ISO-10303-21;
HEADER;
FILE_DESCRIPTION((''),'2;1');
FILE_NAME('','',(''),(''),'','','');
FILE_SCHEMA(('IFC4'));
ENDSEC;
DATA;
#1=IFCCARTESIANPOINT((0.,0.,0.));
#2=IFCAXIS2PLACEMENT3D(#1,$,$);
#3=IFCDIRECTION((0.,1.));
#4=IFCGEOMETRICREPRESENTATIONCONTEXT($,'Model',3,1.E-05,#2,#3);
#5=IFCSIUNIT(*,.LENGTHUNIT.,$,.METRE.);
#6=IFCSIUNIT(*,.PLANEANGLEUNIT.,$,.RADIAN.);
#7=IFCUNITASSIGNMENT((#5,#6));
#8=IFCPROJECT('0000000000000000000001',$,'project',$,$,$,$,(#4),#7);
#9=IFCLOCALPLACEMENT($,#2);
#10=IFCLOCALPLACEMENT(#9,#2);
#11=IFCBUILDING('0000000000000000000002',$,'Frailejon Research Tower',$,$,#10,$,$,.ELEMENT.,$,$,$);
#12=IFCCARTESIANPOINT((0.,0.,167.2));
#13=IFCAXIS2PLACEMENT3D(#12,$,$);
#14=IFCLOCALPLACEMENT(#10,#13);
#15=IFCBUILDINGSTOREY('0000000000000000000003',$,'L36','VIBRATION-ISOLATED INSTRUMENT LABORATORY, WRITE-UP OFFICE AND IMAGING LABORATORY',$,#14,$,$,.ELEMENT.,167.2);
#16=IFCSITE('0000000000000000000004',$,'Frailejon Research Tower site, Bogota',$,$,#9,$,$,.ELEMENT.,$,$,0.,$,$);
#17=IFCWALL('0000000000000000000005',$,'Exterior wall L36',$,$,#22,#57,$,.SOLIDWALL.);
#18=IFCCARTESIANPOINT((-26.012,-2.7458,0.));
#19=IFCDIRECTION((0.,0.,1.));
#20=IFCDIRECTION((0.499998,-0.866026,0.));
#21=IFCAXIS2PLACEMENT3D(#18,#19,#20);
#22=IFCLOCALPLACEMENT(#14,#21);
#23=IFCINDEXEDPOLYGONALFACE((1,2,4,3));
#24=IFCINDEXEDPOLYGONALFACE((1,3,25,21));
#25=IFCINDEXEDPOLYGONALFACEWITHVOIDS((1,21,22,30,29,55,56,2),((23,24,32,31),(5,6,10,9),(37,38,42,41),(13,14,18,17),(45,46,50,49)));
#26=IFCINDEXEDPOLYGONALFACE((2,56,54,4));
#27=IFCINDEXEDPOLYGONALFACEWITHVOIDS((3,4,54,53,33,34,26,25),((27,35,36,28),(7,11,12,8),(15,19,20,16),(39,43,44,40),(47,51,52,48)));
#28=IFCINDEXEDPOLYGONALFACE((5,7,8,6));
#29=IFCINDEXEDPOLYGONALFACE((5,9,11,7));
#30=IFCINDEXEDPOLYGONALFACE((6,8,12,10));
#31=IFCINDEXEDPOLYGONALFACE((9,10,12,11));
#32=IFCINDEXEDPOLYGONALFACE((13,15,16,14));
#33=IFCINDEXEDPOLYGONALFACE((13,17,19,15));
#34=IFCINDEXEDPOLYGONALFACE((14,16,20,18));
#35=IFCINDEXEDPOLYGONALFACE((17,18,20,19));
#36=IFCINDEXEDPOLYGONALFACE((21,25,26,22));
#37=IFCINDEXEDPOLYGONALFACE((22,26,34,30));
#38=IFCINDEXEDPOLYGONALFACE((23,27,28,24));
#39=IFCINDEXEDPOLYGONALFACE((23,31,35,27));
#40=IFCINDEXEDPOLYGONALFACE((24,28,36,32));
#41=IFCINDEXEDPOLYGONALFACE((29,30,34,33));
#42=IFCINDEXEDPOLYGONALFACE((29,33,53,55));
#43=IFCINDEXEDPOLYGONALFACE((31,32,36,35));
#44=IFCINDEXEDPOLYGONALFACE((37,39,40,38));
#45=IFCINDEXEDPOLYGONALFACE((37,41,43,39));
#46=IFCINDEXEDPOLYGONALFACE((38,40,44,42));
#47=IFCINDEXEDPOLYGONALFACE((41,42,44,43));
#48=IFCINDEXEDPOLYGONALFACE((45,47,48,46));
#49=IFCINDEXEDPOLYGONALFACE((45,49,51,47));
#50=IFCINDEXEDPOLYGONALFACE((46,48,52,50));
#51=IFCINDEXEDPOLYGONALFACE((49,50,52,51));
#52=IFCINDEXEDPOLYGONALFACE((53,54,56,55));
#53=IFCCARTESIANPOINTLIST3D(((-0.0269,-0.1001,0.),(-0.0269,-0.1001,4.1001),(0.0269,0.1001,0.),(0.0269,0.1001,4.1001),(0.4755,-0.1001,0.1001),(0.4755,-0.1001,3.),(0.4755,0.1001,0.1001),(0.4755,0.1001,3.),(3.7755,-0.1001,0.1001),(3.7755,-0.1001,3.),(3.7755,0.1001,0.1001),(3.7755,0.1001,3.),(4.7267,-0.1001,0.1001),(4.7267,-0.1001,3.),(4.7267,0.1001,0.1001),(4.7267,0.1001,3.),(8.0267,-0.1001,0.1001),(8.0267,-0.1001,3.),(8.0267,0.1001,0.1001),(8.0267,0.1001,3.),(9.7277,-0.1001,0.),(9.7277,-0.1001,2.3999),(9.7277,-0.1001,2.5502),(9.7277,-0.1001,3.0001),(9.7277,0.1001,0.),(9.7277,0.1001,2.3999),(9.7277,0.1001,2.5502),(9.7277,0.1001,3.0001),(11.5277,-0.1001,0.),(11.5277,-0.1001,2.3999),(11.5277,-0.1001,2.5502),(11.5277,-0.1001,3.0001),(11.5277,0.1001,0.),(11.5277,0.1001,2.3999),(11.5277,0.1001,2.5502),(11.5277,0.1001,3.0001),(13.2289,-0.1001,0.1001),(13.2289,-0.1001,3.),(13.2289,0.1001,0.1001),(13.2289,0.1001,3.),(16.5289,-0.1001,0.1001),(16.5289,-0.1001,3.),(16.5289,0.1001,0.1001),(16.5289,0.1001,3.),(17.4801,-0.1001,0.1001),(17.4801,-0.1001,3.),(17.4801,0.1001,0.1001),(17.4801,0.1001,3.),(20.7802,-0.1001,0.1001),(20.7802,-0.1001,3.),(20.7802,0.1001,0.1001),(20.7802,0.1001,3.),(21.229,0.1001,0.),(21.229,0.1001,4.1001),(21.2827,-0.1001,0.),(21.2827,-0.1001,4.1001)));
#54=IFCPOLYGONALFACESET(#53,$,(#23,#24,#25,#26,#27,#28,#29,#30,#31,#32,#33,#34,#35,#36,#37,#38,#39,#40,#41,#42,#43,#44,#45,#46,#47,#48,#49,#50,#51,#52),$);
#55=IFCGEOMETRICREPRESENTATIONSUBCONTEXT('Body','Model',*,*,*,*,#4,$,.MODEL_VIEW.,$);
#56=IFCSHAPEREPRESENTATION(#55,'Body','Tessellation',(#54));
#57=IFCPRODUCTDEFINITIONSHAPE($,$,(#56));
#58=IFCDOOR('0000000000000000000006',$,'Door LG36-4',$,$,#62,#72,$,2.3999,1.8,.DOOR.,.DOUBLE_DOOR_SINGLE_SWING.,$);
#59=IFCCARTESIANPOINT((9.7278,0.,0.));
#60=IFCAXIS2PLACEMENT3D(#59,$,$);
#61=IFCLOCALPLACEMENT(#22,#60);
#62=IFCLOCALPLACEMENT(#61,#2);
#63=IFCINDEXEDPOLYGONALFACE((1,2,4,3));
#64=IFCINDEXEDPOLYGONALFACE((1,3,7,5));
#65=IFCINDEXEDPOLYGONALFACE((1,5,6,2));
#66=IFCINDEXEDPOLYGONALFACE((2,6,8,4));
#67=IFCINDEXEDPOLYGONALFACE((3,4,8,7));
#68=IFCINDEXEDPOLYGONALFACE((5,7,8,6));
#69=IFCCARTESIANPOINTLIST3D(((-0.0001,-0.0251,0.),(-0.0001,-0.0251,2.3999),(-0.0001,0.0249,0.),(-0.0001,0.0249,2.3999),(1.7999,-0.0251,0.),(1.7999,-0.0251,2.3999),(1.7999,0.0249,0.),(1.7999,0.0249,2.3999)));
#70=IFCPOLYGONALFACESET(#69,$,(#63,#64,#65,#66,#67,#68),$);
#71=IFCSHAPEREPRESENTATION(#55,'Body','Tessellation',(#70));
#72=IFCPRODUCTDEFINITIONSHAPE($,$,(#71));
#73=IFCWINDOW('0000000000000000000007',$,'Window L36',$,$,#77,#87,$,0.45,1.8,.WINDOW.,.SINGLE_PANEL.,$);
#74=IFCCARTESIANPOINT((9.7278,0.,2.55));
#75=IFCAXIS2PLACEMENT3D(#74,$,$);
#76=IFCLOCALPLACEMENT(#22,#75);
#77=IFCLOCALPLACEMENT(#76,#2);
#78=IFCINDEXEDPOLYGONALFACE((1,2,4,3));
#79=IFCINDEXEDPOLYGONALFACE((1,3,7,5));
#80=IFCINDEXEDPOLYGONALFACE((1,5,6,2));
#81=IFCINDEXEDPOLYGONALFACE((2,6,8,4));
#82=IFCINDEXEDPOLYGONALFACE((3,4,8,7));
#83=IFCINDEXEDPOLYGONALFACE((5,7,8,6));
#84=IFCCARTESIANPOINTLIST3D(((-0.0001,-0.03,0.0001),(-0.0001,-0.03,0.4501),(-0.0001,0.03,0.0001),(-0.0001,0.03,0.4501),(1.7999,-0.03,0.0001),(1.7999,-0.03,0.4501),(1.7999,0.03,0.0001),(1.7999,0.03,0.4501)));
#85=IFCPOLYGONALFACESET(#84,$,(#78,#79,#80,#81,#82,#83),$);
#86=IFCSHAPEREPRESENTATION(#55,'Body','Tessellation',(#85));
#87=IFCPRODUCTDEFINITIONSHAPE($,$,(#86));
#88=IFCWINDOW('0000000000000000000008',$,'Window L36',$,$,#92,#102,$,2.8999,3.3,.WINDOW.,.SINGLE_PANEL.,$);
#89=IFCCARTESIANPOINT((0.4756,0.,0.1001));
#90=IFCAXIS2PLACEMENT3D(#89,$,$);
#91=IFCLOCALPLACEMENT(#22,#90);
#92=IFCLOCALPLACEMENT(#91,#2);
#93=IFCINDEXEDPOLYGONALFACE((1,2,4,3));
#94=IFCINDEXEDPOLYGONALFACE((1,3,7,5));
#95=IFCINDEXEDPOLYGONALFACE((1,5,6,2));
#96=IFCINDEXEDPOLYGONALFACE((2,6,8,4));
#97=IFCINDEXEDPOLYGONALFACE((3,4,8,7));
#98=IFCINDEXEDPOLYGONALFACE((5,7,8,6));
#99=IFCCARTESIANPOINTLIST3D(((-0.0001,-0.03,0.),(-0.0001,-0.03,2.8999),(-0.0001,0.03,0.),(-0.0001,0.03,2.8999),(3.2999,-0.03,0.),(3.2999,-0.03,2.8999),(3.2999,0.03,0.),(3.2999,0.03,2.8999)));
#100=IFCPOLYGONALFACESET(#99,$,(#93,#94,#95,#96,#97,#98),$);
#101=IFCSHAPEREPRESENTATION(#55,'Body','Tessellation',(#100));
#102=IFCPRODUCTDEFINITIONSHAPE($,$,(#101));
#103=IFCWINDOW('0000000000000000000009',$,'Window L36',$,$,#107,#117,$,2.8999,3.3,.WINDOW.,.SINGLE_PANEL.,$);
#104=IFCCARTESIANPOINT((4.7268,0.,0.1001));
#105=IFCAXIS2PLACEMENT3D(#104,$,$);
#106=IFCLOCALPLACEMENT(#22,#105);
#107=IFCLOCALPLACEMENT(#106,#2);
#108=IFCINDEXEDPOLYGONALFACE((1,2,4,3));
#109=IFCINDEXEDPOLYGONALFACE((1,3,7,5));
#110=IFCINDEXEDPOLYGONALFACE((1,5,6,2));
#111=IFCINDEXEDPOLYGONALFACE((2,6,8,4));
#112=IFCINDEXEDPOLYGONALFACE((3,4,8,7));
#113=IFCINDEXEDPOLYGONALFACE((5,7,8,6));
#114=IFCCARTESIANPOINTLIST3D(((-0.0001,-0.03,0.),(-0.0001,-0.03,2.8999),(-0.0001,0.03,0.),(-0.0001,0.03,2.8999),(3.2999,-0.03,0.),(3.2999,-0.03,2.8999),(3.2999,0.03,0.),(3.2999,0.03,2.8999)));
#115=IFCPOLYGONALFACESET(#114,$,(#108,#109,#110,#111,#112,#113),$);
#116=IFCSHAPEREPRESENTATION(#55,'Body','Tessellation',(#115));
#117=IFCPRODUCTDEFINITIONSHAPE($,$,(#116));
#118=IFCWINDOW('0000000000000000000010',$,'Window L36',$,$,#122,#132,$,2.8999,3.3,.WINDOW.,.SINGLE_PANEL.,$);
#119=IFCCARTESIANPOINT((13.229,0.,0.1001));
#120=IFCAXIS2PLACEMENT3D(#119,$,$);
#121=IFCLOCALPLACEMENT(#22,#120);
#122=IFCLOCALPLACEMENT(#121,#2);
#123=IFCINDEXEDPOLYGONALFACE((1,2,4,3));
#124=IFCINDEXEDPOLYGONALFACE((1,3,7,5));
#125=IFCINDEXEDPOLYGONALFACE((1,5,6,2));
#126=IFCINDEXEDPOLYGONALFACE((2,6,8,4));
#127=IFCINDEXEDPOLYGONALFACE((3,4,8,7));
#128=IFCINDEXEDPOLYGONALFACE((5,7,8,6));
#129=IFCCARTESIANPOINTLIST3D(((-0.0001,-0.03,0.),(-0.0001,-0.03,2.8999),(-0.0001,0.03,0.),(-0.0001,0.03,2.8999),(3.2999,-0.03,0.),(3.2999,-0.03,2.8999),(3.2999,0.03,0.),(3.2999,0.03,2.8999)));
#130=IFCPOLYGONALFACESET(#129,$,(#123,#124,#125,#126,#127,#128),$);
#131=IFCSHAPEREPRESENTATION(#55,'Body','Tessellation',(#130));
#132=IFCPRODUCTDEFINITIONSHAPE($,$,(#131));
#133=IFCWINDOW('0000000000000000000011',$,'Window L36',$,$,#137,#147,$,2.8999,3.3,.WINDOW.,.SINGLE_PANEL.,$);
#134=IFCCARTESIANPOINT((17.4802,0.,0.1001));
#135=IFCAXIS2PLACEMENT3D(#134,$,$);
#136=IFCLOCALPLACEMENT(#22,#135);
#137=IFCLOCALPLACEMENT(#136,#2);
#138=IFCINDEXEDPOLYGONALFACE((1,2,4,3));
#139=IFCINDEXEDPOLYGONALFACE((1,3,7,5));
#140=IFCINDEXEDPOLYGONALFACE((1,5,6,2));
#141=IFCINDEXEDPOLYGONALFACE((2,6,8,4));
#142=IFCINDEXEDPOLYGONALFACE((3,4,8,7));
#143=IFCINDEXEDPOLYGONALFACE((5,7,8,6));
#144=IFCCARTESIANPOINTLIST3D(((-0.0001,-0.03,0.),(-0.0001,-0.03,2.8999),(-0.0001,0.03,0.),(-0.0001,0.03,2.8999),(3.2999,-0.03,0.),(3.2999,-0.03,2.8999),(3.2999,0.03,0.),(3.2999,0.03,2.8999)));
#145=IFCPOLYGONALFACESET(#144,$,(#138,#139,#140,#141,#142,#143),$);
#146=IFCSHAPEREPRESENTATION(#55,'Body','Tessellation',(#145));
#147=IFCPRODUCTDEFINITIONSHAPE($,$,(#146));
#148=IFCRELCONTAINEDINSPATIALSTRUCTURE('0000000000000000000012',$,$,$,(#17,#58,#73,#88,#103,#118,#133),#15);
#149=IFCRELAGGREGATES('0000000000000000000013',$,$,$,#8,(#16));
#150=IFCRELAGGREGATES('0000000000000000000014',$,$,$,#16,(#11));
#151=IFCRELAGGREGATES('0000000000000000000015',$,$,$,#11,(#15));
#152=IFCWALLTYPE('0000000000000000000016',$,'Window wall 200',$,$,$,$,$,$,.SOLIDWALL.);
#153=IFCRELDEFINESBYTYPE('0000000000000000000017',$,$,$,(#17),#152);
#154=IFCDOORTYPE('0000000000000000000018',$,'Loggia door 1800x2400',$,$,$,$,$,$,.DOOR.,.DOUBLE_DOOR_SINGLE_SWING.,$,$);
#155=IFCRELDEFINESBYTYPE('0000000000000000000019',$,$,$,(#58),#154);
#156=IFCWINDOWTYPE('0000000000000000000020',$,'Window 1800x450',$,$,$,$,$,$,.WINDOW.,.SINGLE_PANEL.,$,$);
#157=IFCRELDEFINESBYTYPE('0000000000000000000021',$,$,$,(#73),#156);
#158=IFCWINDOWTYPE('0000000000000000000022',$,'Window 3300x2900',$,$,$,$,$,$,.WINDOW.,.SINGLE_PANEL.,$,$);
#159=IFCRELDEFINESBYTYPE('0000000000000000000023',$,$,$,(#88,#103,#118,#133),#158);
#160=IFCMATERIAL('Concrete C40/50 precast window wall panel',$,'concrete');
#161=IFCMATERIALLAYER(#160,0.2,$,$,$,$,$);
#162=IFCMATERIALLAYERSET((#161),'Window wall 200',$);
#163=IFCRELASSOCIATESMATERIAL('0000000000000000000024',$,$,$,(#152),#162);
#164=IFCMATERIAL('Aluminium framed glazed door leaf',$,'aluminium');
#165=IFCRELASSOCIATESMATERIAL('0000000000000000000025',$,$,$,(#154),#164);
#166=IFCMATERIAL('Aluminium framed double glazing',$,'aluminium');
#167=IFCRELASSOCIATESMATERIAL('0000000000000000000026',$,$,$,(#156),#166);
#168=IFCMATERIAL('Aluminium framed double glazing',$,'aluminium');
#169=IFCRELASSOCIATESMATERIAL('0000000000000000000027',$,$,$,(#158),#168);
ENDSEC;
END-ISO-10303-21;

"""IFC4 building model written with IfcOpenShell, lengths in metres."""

from ifc_helpers import new_model, si_unit, direction, frame, frame_2d, origin, place, context, subcontext, project, spatial, polyline, rectangle, outline, extrude, material, layer, layer_set, type_object, element, fill, save


model = new_model("IFC4")

# Units and contexts
model_context = context("Model", 3, precision=1e-05, world=origin(), true_north=direction((0.0, 1.0)))
body_context = subcontext(model_context, "Body", "Model", "MODEL_VIEW")
ifc_project = project(units=[si_unit("LENGTHUNIT", "METRE"), si_unit("PLANEANGLEUNIT", "RADIAN")], contexts=[model_context])

# Site, building, storey
site_placement = place(None, origin())
site = spatial("IfcSite", under=ifc_project, at=site_placement, Name="Frailejon Research Tower site, Bogota", CompositionType="ELEMENT", RefElevation=0.0)
building_placement = place(site_placement, origin())
building = spatial("IfcBuilding", under=site, at=building_placement, Name="Frailejon Research Tower", CompositionType="ELEMENT")
storey_placement = place(building_placement, frame((0.0, 0.0, 167.2)))
storey = spatial("IfcBuildingStorey", under=building, at=storey_placement, Name="L36", Description="VIBRATION-ISOLATED INSTRUMENT LABORATORY, WRITE-UP OFFICE AND IMAGING LABORATORY", CompositionType="ELEMENT", Elevation=167.2)

# Shared definitions
ifc_material_1 = material(Name="Concrete C40/50 precast window wall panel", Category="concrete")
ifc_layer_1 = layer(ifc_material_1, 0.2)
ifc_layer_set_1 = layer_set([ifc_layer_1], Name="Window wall 200")
wall_type_1 = type_object("IfcWallType", Name="Window wall 200", PredefinedType="SOLIDWALL", material=ifc_layer_set_1)

# Wall, openings, door, windows
wall_1_placement = place(storey_placement, frame((-26.012, -2.7458, 0.0), z_axis=(0.0, 0.0, 1.0), x_axis=(0.499998, -0.866026, 0.0)))
wall_1 = element("IfcWall", 1, at=wall_1_placement, inside=storey, type_object=wall_type_1, Name="Exterior wall L36", PredefinedType="SOLIDWALL", context=body_context, shape_type="SweptSolid", body=[
    extrude(outline(polyline([(-0.0269, -0.1001), (0.9878, -0.1001), (2.0027, -0.1001), (3.0173, -0.1001), (4.0322, -0.1001), (5.0469, -0.1001), (6.0615, -0.1001), (7.0764, -0.1001), (8.0911, -0.1001), (9.1057, -0.1001), (10.1206, -0.1001), (11.1353, -0.1001), (12.1501, -0.1001), (13.1648, -0.1001), (14.1794, -0.1001), (15.1943, -0.1001), (16.209, -0.1001), (17.2236, -0.1001), (18.2385, -0.1001), (19.2532, -0.1001), (20.2681, -0.1001), (21.2827, -0.1001), (21.229, 0.1001), (20.2195, 0.1001), (19.2097, 0.1001), (18.2002, 0.1001), (17.1904, 0.1001), (16.1809, 0.1001), (15.1711, 0.1001), (14.1616, 0.1001), (13.1521, 0.1001), (12.1423, 0.1001), (11.1328, 0.1001), (10.123, 0.1001), (9.1135, 0.1001), (8.1038, 0.1001), (7.0942, 0.1001), (6.0847, 0.1001), (5.075, 0.1001), (4.0654, 0.1001), (3.0557, 0.1001), (2.0461, 0.1001), (1.0364, 0.1001), (0.0269, 0.1001), (-0.0269, -0.1001)])), origin(), (0.0, 0.0, 1.0), 4.1001),
])
opening_1_placement = place(wall_1_placement, frame((0.4756, 0.0, 0.1001)))
opening_1 = element("IfcOpeningElement", 2, at=opening_1_placement, cuts=wall_1, PredefinedType="OPENING", context=body_context, shape_type="SweptSolid", body=[
    extrude(rectangle(XDim=3.3, YDim=2.8999, at=frame_2d((1.6499, 1.45))), frame((0.0, 0.1099, 0.0), z_axis=(0.0, -1.0, 0.0), x_axis=(1.0, 0.0, 0.0)), (0.0, 0.0, 1.0), 0.22),
])
opening_2_placement = place(wall_1_placement, frame((4.7268, 0.0, 0.1001)))
opening_2 = element("IfcOpeningElement", 3, at=opening_2_placement, cuts=wall_1, PredefinedType="OPENING", context=body_context, shape_type="SweptSolid", body=[
    extrude(rectangle(XDim=3.3, YDim=2.8999, at=frame_2d((1.6499, 1.45))), frame((0.0, 0.1099, 0.0), z_axis=(0.0, -1.0, 0.0), x_axis=(1.0, 0.0, 0.0)), (0.0, 0.0, 1.0), 0.22),
])
opening_3_placement = place(wall_1_placement, frame((9.7278, 0.0, 0.0)))
opening_3 = element("IfcOpeningElement", 4, at=opening_3_placement, cuts=wall_1, PredefinedType="OPENING", context=body_context, shape_type="SweptSolid", body=[
    extrude(rectangle(XDim=1.8, YDim=2.3999, at=frame_2d((0.8999, 1.2))), frame((0.0, 0.1099, 0.0), z_axis=(0.0, -1.0, 0.0), x_axis=(1.0, 0.0, 0.0)), (0.0, 0.0, 1.0), 0.22),
])
opening_4_placement = place(wall_1_placement, frame((9.7278, 0.0, 2.55)))
opening_4 = element("IfcOpeningElement", 5, at=opening_4_placement, cuts=wall_1, PredefinedType="OPENING", context=body_context, shape_type="SweptSolid", body=[
    extrude(rectangle(XDim=1.8, YDim=0.45, at=frame_2d((0.8999, 0.2251))), frame((0.0, 0.1099, 0.0), z_axis=(0.0, -1.0, 0.0), x_axis=(1.0, 0.0, 0.0)), (0.0, 0.0, 1.0), 0.22),
])
opening_5_placement = place(wall_1_placement, frame((13.229, 0.0, 0.1001)))
opening_5 = element("IfcOpeningElement", 6, at=opening_5_placement, cuts=wall_1, PredefinedType="OPENING", context=body_context, shape_type="SweptSolid", body=[
    extrude(rectangle(XDim=3.3, YDim=2.8999, at=frame_2d((1.6499, 1.45))), frame((0.0, 0.1099, 0.0), z_axis=(0.0, -1.0, 0.0), x_axis=(1.0, 0.0, 0.0)), (0.0, 0.0, 1.0), 0.22),
])
opening_6_placement = place(wall_1_placement, frame((17.4802, 0.0, 0.1001)))
opening_6 = element("IfcOpeningElement", 7, at=opening_6_placement, cuts=wall_1, PredefinedType="OPENING", context=body_context, shape_type="SweptSolid", body=[
    extrude(rectangle(XDim=3.3, YDim=2.8999, at=frame_2d((1.6499, 1.45))), frame((0.0, 0.1099, 0.0), z_axis=(0.0, -1.0, 0.0), x_axis=(1.0, 0.0, 0.0)), (0.0, 0.0, 1.0), 0.22),
])
ifc_material_2 = material(Name="Aluminium framed glazed door leaf", Category="aluminium")
door_type_1 = type_object("IfcDoorType", Name="Loggia door 1800x2400", OperationType="DOUBLE_DOOR_SINGLE_SWING", PredefinedType="DOOR", material=ifc_material_2)
door_1_placement = place(opening_3_placement, origin())
door_1 = element("IfcDoor", 8, at=door_1_placement, inside=storey, type_object=door_type_1, Name="Door LG36-4", OperationType="DOUBLE_DOOR_SINGLE_SWING", OverallHeight=2.3999, OverallWidth=1.8, PredefinedType="DOOR", context=body_context, shape_type="SweptSolid", body=[
    extrude(rectangle(XDim=1.8, YDim=2.3999, at=frame_2d((0.8999, 1.2))), frame((0.0, 0.0249, 0.0), z_axis=(0.0, -1.0, 0.0), x_axis=(1.0, 0.0, 0.0)), (0.0, 0.0, 1.0), 0.05),
])
fill(opening_3, door_1)
ifc_material_3 = material(Name="Aluminium framed double glazing", Category="aluminium")
window_type_1 = type_object("IfcWindowType", Name="Window 1800x450", PartitioningType="SINGLE_PANEL", PredefinedType="WINDOW", material=ifc_material_3)
window_1_placement = place(opening_4_placement, origin())
window_1 = element("IfcWindow", 9, at=window_1_placement, inside=storey, type_object=window_type_1, Name="Window L36", OverallHeight=0.45, OverallWidth=1.8, PartitioningType="SINGLE_PANEL", PredefinedType="WINDOW", context=body_context, shape_type="SweptSolid", body=[
    extrude(rectangle(XDim=1.8, YDim=0.45, at=frame_2d((0.8999, 0.2251))), frame((0.0, 0.03, 0.0), z_axis=(0.0, -1.0, 0.0), x_axis=(1.0, 0.0, 0.0)), (0.0, 0.0, 1.0), 0.0601),
])
fill(opening_4, window_1)
ifc_material_4 = material(Name="Aluminium framed double glazing", Category="aluminium")
window_type_2 = type_object("IfcWindowType", Name="Window 3300x2900", PartitioningType="SINGLE_PANEL", PredefinedType="WINDOW", material=ifc_material_4)
window_2_placement = place(opening_1_placement, origin())
window_2 = element("IfcWindow", 10, at=window_2_placement, inside=storey, type_object=window_type_2, Name="Window L36", OverallHeight=2.8999, OverallWidth=3.3, PartitioningType="SINGLE_PANEL", PredefinedType="WINDOW", context=body_context, shape_type="SweptSolid", body=[
    extrude(rectangle(XDim=3.3, YDim=2.8999, at=frame_2d((1.6499, 1.45))), frame((0.0, 0.03, 0.0), z_axis=(0.0, -1.0, 0.0), x_axis=(1.0, 0.0, 0.0)), (0.0, 0.0, 1.0), 0.0601),
])
fill(opening_1, window_2)
window_3_placement = place(opening_2_placement, origin())
window_3 = element("IfcWindow", 11, at=window_3_placement, inside=storey, type_object=window_type_2, Name="Window L36", OverallHeight=2.8999, OverallWidth=3.3, PartitioningType="SINGLE_PANEL", PredefinedType="WINDOW", context=body_context, shape_type="SweptSolid", body=[
    extrude(rectangle(XDim=3.3, YDim=2.8999, at=frame_2d((1.6499, 1.45))), frame((0.0, 0.03, 0.0), z_axis=(0.0, -1.0, 0.0), x_axis=(1.0, 0.0, 0.0)), (0.0, 0.0, 1.0), 0.0601),
])
fill(opening_2, window_3)
window_4_placement = place(opening_5_placement, origin())
window_4 = element("IfcWindow", 12, at=window_4_placement, inside=storey, type_object=window_type_2, Name="Window L36", OverallHeight=2.8999, OverallWidth=3.3, PartitioningType="SINGLE_PANEL", PredefinedType="WINDOW", context=body_context, shape_type="SweptSolid", body=[
    extrude(rectangle(XDim=3.3, YDim=2.8999, at=frame_2d((1.6499, 1.45))), frame((0.0, 0.03, 0.0), z_axis=(0.0, -1.0, 0.0), x_axis=(1.0, 0.0, 0.0)), (0.0, 0.0, 1.0), 0.0601),
])
fill(opening_5, window_4)
window_5_placement = place(opening_6_placement, origin())
window_5 = element("IfcWindow", 13, at=window_5_placement, inside=storey, type_object=window_type_2, Name="Window L36", OverallHeight=2.8999, OverallWidth=3.3, PartitioningType="SINGLE_PANEL", PredefinedType="WINDOW", context=body_context, shape_type="SweptSolid", body=[
    extrude(rectangle(XDim=3.3, YDim=2.8999, at=frame_2d((1.6499, 1.45))), frame((0.0, 0.03, 0.0), z_axis=(0.0, -1.0, 0.0), x_axis=(1.0, 0.0, 0.0)), (0.0, 0.0, 1.0), 0.0601),
])
fill(opening_6, window_5)

save(model, "model.ifc")
